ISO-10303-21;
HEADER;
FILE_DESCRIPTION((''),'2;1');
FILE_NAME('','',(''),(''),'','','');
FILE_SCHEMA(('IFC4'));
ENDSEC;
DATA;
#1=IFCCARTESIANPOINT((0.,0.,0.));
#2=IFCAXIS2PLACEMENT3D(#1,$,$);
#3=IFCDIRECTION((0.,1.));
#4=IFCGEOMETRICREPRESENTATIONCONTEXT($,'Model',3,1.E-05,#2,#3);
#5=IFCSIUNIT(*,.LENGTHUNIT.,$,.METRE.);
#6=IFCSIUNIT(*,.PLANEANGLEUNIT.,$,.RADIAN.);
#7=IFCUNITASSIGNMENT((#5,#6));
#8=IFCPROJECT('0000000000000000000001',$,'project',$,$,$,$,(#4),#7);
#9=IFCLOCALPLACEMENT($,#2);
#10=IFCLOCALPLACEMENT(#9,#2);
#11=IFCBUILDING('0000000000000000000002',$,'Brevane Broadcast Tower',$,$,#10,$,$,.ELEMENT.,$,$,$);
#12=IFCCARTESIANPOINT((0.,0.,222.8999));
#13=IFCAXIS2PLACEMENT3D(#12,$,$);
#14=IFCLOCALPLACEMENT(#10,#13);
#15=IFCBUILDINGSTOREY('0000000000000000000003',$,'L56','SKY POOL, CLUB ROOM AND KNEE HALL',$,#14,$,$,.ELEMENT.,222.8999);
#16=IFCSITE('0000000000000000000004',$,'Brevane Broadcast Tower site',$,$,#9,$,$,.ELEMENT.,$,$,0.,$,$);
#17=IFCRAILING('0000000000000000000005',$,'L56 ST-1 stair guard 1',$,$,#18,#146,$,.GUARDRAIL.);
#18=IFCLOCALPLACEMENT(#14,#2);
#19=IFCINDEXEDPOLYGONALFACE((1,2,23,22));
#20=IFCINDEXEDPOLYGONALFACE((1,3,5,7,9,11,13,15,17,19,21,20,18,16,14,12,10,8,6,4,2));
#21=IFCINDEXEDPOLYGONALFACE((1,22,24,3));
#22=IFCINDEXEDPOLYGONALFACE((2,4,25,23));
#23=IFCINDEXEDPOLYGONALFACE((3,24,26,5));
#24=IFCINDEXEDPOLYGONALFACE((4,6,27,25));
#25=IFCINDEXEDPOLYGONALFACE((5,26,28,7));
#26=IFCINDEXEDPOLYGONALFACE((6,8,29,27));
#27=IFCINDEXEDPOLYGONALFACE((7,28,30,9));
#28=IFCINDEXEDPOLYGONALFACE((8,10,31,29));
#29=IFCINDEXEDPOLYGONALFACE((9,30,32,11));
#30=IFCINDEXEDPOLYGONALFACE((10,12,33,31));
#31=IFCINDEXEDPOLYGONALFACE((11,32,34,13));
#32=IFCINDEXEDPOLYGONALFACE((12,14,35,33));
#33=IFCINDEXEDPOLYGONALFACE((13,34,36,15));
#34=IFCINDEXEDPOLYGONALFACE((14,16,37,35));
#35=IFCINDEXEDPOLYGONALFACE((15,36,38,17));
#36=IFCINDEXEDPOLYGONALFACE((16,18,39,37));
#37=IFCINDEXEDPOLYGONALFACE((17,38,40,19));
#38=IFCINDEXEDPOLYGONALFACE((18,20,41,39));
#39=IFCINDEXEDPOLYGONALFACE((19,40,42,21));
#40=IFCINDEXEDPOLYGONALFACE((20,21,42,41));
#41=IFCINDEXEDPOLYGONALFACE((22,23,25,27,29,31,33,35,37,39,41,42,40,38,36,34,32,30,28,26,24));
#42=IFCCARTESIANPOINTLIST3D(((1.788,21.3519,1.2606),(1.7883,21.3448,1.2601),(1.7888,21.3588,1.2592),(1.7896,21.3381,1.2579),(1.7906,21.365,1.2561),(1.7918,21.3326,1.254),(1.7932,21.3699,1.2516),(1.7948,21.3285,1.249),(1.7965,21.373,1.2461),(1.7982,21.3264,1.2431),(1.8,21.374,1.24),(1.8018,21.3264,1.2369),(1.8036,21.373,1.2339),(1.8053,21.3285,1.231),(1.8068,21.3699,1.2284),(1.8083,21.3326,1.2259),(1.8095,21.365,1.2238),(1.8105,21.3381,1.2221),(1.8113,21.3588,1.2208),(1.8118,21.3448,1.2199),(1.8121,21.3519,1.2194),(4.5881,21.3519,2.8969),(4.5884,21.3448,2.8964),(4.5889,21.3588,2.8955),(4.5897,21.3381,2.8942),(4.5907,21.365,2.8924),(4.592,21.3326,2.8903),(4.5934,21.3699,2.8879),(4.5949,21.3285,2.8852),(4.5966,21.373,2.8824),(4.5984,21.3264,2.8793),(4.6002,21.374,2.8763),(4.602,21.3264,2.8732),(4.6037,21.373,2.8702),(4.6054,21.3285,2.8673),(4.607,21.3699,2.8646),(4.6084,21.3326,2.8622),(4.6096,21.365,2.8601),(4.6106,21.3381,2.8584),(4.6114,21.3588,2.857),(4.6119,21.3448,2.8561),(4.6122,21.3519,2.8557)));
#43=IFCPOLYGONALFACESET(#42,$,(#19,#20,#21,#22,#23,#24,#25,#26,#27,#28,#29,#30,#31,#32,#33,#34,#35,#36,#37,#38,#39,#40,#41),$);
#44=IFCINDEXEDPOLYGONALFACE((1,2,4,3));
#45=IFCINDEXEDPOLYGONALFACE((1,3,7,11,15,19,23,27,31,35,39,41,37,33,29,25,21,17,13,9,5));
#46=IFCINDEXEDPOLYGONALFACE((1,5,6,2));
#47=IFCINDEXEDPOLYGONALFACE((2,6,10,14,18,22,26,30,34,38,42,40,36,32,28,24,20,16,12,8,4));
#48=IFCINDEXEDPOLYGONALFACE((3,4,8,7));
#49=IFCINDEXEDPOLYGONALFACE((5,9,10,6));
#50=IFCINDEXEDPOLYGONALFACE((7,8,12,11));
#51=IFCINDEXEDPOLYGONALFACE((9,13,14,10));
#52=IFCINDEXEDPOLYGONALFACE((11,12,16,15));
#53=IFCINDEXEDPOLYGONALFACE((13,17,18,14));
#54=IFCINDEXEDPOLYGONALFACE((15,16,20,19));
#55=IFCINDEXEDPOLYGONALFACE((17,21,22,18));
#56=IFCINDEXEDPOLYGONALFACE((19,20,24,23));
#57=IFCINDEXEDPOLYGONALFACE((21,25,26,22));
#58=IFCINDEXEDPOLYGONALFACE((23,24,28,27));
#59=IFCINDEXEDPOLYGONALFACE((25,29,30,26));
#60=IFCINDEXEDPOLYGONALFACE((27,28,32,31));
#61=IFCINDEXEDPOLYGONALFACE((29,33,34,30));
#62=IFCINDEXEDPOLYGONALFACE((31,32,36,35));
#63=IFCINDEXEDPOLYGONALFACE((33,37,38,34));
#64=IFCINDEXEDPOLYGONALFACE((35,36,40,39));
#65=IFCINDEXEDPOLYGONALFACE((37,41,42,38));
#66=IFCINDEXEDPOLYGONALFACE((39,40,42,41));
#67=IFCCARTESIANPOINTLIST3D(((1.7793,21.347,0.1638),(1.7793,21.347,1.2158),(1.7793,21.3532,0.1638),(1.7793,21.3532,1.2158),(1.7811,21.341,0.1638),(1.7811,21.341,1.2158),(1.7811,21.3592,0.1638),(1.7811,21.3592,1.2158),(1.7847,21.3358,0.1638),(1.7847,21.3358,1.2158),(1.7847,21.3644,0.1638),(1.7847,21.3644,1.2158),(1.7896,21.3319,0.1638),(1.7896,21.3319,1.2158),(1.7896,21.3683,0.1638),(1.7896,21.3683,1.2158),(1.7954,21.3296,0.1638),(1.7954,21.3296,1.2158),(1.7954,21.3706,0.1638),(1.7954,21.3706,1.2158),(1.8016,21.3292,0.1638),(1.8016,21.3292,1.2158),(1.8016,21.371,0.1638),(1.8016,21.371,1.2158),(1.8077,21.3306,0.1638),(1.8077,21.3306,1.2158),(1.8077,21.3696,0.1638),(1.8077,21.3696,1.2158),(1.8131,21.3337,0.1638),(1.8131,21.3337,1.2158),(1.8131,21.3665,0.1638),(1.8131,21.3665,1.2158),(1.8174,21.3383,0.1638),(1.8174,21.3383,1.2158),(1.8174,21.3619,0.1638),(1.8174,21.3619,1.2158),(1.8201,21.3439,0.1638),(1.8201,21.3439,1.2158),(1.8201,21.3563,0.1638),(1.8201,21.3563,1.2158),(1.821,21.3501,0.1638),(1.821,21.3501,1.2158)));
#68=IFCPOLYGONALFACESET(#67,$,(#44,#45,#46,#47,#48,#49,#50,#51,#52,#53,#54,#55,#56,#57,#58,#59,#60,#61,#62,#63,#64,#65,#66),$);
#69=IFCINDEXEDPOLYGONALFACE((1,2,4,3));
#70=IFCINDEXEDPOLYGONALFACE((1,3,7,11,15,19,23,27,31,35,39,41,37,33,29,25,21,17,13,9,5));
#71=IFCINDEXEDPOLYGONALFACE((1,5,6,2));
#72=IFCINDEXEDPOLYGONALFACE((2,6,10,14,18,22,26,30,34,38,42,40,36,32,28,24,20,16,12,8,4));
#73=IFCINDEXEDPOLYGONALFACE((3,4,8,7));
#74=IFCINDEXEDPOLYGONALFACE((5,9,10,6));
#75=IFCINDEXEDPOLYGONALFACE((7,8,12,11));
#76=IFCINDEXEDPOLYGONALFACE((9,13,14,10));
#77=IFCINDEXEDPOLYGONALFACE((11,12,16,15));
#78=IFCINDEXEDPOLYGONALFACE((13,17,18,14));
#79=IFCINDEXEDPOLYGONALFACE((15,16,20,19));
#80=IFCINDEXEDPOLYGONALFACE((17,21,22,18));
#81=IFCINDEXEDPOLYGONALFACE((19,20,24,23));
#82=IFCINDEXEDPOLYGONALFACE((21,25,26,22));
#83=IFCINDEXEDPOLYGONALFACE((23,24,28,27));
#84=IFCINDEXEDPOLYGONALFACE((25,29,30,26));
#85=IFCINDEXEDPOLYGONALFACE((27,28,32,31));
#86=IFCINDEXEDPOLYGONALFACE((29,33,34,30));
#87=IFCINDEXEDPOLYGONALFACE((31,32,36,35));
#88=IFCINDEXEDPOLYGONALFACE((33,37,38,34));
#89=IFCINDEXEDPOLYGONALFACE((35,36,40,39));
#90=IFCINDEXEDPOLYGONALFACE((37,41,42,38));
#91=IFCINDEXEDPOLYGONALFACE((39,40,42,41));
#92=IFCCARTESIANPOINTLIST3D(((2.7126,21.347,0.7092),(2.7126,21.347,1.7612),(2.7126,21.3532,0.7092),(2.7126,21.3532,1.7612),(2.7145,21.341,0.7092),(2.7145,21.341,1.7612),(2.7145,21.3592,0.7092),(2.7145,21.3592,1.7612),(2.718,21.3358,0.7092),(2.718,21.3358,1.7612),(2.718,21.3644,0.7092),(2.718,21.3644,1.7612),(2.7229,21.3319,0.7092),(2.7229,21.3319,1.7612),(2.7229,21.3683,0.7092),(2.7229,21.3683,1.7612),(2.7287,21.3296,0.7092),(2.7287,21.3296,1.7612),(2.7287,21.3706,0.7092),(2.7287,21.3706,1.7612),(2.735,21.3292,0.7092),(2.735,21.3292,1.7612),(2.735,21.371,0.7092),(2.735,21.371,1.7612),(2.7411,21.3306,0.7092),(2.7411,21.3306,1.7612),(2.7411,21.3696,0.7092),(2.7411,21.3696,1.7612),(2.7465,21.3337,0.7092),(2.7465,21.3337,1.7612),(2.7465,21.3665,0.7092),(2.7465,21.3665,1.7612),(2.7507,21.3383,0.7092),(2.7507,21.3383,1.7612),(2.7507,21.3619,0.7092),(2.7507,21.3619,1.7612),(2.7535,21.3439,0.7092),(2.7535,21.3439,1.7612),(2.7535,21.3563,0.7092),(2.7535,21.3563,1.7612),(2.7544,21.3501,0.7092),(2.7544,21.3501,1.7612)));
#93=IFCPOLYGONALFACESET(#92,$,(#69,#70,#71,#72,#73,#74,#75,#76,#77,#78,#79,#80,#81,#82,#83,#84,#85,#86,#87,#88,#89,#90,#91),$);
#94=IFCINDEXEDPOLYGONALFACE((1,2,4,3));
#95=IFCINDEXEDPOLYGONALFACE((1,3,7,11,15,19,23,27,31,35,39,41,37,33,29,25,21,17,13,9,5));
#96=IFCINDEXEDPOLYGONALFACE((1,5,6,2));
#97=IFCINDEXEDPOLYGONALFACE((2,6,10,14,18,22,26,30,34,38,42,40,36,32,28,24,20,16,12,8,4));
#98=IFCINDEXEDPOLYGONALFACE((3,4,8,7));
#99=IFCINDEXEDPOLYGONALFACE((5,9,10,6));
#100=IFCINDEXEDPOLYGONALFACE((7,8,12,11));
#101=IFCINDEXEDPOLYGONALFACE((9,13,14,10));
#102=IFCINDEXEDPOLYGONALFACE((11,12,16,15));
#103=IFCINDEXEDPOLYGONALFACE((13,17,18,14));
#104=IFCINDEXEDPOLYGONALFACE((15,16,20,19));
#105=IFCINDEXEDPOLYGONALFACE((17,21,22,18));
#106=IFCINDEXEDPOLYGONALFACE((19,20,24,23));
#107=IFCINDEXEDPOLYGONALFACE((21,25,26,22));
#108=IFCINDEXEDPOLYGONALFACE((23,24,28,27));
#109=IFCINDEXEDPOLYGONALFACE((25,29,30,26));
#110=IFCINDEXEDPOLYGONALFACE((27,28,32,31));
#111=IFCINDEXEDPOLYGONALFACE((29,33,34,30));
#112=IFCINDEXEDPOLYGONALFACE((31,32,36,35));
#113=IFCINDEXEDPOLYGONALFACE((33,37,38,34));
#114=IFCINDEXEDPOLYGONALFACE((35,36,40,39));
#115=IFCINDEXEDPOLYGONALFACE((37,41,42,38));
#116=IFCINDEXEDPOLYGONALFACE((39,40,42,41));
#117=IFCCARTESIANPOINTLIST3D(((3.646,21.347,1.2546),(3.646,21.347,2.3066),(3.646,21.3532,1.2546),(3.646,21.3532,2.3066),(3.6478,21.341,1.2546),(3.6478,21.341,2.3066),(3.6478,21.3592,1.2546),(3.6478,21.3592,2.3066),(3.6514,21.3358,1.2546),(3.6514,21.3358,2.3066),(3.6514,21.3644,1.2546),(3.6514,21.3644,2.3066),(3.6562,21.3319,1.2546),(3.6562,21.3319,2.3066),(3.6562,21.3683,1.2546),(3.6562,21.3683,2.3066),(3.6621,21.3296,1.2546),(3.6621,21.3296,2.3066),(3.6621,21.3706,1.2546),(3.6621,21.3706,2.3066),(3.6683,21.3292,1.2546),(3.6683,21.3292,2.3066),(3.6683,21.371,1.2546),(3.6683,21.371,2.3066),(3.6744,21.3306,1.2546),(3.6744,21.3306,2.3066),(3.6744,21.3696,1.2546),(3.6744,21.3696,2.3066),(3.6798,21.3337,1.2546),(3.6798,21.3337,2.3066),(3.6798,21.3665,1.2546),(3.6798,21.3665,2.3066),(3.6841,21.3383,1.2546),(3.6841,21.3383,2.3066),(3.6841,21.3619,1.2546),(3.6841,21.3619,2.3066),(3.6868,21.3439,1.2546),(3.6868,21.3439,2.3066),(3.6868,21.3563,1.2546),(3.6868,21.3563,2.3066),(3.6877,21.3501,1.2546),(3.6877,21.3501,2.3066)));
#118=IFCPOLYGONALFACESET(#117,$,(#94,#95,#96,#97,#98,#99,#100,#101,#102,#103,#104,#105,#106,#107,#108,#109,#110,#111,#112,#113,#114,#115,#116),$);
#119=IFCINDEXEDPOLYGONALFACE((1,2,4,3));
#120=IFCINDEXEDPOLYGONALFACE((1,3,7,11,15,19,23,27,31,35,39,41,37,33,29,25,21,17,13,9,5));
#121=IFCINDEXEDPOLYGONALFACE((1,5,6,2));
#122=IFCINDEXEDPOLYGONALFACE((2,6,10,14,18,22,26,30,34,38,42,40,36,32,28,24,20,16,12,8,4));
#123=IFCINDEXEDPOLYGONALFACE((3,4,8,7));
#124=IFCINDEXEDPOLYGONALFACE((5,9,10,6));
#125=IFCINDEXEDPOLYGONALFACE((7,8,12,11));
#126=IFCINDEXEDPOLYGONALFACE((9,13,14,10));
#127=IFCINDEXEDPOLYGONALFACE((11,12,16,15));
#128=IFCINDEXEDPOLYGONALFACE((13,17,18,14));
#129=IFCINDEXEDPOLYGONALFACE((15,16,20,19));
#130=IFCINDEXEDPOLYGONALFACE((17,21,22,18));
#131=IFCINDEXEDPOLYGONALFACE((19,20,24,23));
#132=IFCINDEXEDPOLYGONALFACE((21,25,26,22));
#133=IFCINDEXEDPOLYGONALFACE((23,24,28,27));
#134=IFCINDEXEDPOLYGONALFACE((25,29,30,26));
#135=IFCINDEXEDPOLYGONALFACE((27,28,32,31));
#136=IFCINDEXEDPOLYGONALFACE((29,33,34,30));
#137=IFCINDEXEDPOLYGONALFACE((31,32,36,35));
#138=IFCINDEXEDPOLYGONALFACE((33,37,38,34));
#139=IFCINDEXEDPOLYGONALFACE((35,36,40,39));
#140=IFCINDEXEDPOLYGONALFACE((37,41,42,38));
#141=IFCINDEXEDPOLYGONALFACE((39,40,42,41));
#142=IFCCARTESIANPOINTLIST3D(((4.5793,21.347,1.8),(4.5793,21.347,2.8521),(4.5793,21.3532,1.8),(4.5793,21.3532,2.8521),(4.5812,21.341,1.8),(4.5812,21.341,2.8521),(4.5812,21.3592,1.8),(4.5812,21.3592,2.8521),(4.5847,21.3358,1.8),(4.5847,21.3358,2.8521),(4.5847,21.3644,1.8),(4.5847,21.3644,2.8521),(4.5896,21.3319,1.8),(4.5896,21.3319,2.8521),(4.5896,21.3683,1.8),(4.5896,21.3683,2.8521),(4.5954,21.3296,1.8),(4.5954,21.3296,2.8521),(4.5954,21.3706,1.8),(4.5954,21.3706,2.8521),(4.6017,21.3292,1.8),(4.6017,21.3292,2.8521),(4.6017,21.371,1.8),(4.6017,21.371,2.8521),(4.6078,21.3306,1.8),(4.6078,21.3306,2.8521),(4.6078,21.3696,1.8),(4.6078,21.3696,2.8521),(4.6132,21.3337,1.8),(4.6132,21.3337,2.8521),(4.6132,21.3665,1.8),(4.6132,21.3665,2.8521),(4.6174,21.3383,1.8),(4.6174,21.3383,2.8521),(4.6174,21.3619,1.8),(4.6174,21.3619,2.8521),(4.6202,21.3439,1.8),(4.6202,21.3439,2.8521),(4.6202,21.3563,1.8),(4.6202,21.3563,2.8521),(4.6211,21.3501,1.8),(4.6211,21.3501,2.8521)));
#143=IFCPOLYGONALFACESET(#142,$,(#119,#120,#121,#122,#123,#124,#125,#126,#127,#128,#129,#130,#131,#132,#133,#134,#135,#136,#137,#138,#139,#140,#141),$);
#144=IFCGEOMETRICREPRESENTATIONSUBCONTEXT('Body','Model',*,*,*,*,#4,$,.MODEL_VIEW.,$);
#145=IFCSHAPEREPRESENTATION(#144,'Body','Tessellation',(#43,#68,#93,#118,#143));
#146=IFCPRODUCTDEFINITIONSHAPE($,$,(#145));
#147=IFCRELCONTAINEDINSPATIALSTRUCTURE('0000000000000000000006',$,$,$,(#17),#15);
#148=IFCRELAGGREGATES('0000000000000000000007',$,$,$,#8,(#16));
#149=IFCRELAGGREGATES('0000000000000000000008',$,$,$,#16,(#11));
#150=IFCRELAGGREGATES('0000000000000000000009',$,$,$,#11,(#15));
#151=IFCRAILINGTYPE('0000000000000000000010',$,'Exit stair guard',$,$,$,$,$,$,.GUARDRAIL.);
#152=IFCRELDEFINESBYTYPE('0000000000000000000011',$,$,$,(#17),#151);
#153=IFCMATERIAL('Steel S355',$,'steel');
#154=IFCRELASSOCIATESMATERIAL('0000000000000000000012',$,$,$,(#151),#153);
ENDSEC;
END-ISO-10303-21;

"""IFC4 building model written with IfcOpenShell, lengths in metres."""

from ifc_helpers import new_model, si_unit, direction, frame, origin, origin_2d, place, context, subcontext, project, spatial, circle, extrude, material, type_object, element, save


model = new_model("IFC4")

# Units and contexts
model_context = context("Model", 3, precision=1e-05, world=origin(), true_north=direction((0.0, 1.0)))
body_context = subcontext(model_context, "Body", "Model", "MODEL_VIEW")
ifc_project = project(units=[si_unit("LENGTHUNIT", "METRE"), si_unit("PLANEANGLEUNIT", "RADIAN")], contexts=[model_context])

# Site, building, storey
site_placement = place(None, origin())
site = spatial("IfcSite", under=ifc_project, at=site_placement, Name="Brevane Broadcast Tower site", CompositionType="ELEMENT", RefElevation=0.0)
building_placement = place(site_placement, origin())
building = spatial("IfcBuilding", under=site, at=building_placement, Name="Brevane Broadcast Tower", CompositionType="ELEMENT")
storey_placement = place(building_placement, frame((0.0, 0.0, 222.8999)))
storey = spatial("IfcBuildingStorey", under=building, at=storey_placement, Name="L56", Description="SKY POOL, CLUB ROOM AND KNEE HALL", CompositionType="ELEMENT", Elevation=222.8999)

# Railing
ifc_material_1 = material(Name="Steel S355", Category="steel")
railing_type_1 = type_object("IfcRailingType", Name="Exit stair guard", PredefinedType="GUARDRAIL", material=ifc_material_1)
railing_1_placement = place(storey_placement, frame((1.8, 21.3501, 0.1638)))
element("IfcRailing", 1, at=railing_1_placement, inside=storey, type_object=railing_type_1, Name="L56 ST-1 stair guard 1", PredefinedType="GUARDRAIL", context=body_context, shape_type="SweptSolid", body=[
    extrude(circle(Radius=0.0239, at=origin_2d()), frame((0.0, 0.0, 1.0762), z_axis=(0.863394, 0.0, 0.504531), x_axis=(0.0, 1.0, 0.0)), (0.0, 0.0, 1.0), 3.2432),
    extrude(circle(Radius=0.021, at=origin_2d()), origin(), (0.0, 0.0, 1.0), 1.052),
    extrude(circle(Radius=0.021, at=origin_2d()), frame((0.9333, 0.0, 0.5454)), (0.0, 0.0, 1.0), 1.052),
    extrude(circle(Radius=0.021, at=origin_2d()), frame((1.8667, 0.0, 1.0908)), (0.0, 0.0, 1.0), 1.052),
    extrude(circle(Radius=0.021, at=origin_2d()), frame((2.8, 0.0, 1.6362)), (0.0, 0.0, 1.0), 1.052),
])

save(model, "model.ifc")
